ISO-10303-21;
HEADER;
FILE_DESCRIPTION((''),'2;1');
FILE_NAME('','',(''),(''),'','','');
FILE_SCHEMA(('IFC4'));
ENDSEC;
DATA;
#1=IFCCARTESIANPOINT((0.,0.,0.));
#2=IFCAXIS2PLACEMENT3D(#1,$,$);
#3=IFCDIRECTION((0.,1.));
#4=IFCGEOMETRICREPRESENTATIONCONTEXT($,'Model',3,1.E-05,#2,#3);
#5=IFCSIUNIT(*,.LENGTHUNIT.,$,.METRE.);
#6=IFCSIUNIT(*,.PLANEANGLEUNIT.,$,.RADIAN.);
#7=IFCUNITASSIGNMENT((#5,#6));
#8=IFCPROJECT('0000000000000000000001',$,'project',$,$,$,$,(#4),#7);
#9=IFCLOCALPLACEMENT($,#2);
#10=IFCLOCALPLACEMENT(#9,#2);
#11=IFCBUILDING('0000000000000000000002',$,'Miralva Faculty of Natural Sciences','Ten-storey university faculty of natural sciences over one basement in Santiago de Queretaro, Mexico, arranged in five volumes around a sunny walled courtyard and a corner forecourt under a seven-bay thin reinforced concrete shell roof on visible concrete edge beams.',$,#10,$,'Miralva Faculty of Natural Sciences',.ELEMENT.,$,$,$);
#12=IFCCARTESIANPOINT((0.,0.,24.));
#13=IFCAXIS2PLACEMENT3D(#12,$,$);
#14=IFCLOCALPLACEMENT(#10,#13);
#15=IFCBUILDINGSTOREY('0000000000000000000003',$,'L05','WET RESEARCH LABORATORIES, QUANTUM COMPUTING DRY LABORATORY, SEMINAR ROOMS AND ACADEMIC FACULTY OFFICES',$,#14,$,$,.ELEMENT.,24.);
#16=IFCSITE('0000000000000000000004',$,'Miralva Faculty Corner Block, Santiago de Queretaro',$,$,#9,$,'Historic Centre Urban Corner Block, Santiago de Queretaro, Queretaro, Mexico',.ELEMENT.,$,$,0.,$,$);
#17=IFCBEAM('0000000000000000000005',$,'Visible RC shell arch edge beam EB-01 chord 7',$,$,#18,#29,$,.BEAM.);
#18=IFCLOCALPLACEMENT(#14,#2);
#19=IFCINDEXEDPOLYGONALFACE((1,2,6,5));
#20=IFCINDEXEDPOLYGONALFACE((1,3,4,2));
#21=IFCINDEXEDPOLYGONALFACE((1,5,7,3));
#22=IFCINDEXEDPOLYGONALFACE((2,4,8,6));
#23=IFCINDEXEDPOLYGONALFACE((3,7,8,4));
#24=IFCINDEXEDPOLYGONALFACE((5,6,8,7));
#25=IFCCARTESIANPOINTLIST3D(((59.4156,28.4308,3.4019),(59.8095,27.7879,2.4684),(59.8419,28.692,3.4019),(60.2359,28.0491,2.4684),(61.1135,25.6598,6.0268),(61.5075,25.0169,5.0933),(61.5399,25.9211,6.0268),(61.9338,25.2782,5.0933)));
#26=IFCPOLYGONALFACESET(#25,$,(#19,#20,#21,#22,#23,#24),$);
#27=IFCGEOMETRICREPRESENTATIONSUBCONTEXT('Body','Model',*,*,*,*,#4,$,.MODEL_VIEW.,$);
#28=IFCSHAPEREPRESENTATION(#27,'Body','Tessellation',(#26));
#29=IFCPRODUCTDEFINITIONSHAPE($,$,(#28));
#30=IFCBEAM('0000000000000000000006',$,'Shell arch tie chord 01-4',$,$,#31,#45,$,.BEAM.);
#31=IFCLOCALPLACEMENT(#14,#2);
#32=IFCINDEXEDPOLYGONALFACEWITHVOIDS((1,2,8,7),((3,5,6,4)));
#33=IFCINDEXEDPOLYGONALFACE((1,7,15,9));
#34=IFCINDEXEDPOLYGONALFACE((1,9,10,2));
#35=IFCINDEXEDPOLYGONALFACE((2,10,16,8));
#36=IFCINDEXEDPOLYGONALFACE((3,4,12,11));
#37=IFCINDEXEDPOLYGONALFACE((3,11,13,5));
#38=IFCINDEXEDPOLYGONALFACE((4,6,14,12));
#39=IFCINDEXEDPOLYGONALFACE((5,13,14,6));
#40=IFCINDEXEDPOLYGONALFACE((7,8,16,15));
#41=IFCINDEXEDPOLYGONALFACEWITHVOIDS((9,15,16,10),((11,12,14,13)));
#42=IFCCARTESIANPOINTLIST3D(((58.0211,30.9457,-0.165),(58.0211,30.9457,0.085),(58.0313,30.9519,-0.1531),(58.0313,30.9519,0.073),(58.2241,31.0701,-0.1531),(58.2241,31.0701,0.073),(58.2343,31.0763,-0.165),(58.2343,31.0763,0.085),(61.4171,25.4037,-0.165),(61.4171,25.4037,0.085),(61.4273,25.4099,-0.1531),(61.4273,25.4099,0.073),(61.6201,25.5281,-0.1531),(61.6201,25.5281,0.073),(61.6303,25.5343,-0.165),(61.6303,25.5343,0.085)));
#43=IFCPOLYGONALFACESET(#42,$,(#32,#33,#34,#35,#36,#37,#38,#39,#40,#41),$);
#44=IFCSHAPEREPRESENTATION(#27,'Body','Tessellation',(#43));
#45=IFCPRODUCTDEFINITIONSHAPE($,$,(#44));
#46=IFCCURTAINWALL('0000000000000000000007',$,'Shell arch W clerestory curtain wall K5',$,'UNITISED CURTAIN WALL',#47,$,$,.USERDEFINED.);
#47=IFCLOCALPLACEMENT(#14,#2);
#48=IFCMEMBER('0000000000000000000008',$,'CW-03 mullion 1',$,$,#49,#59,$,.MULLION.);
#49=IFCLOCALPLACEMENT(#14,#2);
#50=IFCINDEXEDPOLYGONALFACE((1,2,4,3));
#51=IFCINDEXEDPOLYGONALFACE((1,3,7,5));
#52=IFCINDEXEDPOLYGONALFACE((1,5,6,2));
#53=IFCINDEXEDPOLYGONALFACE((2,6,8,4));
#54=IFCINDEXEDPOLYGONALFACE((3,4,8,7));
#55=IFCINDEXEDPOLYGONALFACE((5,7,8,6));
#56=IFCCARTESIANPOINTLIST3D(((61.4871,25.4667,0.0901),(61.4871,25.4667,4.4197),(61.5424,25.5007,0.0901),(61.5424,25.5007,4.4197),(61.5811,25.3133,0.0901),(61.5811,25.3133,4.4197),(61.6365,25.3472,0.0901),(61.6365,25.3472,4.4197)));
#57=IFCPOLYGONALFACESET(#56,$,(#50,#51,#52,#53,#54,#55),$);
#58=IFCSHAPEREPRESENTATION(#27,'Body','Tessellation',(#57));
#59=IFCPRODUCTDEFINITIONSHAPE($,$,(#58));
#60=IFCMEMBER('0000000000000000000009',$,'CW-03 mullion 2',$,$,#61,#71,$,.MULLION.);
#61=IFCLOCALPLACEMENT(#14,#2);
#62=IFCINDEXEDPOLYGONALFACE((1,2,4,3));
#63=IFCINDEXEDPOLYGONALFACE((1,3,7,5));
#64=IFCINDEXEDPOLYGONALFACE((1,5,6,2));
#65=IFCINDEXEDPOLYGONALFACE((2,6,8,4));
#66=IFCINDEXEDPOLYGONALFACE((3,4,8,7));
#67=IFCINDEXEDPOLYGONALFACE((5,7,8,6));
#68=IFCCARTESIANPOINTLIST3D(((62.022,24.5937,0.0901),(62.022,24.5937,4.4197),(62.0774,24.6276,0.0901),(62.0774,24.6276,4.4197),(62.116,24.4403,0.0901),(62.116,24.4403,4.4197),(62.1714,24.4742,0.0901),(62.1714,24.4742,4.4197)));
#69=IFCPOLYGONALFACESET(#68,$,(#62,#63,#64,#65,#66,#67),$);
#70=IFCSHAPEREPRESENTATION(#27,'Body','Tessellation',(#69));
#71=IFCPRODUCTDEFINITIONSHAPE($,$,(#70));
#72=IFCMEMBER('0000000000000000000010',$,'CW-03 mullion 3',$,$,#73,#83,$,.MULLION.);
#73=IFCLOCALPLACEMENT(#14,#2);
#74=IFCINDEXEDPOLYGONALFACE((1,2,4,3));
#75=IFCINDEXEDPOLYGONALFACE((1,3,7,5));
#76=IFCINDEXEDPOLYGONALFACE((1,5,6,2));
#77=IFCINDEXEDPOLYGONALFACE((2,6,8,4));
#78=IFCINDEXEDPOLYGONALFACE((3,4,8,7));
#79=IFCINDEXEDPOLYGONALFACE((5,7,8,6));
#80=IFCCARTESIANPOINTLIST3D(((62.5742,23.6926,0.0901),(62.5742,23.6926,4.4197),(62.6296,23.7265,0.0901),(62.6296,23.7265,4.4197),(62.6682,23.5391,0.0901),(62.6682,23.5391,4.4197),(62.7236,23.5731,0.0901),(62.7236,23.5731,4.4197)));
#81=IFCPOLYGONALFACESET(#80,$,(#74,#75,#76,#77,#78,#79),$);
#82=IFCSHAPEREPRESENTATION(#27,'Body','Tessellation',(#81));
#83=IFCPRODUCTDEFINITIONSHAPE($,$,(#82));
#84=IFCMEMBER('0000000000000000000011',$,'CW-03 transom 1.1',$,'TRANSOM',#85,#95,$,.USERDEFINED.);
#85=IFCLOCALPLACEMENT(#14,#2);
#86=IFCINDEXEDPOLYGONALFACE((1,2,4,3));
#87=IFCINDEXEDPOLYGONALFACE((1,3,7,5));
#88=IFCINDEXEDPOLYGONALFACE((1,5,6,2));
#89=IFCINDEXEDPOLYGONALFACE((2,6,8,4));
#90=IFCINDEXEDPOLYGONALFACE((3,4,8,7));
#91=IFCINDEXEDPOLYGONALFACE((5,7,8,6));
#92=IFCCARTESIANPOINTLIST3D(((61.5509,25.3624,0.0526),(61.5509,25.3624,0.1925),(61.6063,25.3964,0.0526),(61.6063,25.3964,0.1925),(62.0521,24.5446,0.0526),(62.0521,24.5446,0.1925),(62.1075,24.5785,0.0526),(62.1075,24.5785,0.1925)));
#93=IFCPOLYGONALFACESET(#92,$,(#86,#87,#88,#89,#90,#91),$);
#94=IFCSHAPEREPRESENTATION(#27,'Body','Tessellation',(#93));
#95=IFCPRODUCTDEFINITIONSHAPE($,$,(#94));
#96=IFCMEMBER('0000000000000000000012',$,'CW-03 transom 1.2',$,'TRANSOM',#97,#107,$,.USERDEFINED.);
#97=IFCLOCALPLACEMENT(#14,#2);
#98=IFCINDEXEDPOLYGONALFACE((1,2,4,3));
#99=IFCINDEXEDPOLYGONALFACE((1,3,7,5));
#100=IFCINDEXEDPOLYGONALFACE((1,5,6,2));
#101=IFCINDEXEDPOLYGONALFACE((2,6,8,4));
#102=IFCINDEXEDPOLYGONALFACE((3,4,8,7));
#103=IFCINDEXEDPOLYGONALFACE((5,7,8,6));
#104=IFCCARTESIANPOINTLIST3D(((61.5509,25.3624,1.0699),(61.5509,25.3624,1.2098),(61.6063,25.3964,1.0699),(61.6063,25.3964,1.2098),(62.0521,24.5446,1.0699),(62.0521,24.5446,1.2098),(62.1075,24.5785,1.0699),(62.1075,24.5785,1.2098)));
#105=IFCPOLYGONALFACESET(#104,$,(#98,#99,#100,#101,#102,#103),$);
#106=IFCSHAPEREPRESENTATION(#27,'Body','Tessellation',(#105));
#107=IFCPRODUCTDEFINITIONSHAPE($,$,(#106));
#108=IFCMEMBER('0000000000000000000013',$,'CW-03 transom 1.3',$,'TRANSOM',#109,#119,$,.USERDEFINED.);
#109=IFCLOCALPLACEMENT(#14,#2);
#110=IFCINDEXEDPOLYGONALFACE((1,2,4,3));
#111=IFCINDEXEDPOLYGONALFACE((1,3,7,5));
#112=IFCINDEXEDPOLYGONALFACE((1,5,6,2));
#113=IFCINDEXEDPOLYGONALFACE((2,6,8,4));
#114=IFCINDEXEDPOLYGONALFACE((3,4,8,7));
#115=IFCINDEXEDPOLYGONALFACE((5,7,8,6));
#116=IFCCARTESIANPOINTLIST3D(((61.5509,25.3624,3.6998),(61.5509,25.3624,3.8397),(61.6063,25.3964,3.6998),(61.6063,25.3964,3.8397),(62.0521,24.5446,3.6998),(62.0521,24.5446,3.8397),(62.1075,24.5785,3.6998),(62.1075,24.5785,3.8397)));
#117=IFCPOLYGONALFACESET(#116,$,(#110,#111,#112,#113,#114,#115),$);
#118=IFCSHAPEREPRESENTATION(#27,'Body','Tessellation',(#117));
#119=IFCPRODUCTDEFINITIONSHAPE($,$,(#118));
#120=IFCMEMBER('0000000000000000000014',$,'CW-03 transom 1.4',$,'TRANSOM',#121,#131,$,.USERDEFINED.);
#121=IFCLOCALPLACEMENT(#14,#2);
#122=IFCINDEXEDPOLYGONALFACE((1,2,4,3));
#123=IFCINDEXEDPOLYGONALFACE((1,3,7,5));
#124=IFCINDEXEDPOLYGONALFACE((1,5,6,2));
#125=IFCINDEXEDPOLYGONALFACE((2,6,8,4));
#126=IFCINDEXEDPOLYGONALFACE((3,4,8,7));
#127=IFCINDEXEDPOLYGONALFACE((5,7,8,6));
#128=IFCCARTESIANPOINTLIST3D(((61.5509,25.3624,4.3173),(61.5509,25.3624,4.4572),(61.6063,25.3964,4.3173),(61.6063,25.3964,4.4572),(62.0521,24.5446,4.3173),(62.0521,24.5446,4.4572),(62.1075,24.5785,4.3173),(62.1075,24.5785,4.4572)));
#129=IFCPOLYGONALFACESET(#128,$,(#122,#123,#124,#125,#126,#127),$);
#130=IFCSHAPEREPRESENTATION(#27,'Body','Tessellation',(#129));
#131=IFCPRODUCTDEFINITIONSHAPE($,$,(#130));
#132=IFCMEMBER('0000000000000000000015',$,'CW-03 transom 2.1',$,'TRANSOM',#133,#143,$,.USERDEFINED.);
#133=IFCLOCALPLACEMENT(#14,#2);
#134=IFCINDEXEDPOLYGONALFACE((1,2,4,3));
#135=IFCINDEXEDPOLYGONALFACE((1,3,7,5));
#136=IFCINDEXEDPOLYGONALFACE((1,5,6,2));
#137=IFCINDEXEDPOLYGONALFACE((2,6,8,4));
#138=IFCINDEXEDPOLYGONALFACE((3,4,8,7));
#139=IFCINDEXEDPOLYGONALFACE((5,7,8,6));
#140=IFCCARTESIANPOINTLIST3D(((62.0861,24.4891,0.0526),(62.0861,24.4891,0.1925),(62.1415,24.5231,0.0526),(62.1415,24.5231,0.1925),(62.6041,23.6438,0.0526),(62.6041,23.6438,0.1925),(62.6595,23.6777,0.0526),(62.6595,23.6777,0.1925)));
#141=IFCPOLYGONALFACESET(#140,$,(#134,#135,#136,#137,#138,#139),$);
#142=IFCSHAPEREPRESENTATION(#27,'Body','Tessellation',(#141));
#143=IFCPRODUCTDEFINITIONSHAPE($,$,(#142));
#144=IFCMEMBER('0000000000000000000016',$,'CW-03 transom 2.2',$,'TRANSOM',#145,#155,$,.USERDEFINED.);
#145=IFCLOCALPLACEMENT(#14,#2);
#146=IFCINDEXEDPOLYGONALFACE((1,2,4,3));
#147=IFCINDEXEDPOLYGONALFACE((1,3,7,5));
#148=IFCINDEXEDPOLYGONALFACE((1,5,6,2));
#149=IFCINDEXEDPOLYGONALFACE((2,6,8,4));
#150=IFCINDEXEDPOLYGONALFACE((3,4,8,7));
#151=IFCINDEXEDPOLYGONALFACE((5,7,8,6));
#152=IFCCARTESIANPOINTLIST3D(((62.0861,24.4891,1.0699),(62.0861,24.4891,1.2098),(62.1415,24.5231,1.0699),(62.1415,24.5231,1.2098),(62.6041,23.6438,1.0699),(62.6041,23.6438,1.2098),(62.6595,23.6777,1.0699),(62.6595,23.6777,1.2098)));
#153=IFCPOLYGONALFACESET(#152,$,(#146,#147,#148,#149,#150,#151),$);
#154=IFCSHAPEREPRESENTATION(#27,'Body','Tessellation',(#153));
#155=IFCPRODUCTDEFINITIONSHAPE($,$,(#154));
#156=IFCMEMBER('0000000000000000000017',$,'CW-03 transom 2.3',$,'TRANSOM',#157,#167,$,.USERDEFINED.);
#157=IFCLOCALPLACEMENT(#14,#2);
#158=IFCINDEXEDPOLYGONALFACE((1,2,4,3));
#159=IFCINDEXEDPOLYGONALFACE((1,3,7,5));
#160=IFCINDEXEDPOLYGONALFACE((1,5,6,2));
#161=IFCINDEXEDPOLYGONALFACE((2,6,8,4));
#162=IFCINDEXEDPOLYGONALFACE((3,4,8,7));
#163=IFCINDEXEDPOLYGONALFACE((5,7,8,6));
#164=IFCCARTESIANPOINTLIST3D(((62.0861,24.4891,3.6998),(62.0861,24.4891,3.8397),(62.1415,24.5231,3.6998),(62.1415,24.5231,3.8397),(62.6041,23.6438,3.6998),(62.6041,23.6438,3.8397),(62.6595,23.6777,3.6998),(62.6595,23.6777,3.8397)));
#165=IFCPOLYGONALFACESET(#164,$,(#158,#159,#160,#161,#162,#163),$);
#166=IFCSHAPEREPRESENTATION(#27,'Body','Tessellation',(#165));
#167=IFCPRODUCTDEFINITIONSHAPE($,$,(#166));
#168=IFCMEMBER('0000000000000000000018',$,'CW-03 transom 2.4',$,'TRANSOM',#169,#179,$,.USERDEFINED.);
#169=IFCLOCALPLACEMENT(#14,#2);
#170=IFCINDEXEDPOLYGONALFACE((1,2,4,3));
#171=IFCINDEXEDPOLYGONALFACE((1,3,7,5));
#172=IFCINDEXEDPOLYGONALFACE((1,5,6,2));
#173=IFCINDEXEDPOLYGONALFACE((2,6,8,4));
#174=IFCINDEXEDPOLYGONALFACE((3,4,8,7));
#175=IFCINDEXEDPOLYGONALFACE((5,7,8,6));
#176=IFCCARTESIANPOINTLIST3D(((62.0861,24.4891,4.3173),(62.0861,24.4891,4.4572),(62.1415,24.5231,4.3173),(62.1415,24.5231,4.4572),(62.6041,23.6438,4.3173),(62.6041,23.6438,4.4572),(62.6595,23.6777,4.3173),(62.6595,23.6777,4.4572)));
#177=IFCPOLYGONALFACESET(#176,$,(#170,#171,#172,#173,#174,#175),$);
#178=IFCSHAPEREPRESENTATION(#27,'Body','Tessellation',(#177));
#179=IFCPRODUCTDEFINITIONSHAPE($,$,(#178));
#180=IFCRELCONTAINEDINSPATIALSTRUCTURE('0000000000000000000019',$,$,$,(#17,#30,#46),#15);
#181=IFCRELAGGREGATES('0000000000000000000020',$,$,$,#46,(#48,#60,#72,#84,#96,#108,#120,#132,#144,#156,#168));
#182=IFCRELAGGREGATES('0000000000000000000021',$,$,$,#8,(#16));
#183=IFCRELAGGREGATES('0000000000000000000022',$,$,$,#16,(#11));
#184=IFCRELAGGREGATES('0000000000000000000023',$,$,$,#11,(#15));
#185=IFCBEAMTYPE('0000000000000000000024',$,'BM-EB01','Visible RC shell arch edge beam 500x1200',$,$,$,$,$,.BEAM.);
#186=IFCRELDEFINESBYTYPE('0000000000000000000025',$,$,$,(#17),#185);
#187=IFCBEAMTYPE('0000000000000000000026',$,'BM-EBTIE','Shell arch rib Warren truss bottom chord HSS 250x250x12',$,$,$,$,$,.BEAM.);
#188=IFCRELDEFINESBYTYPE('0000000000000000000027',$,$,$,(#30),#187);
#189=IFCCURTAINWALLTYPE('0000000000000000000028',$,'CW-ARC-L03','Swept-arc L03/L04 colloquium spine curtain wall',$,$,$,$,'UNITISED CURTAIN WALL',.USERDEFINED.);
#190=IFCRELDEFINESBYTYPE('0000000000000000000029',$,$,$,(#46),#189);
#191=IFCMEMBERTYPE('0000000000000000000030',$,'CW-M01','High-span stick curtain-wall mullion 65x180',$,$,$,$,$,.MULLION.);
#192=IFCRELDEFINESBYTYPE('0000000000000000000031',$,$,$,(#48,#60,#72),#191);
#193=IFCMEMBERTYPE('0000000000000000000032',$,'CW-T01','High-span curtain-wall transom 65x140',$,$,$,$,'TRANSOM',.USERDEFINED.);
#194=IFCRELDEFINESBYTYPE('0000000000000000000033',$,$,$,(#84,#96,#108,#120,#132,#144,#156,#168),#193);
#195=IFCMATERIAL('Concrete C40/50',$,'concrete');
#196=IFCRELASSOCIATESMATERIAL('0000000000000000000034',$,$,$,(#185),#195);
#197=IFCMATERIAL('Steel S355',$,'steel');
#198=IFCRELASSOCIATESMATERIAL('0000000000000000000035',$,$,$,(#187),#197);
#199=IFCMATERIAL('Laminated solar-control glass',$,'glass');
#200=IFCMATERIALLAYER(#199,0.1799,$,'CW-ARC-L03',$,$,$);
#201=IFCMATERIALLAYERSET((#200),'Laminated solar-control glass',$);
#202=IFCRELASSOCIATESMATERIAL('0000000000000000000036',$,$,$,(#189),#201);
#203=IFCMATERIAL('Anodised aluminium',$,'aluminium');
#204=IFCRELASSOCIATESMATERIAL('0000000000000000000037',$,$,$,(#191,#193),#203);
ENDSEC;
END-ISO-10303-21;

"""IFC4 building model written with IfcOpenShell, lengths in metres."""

from ifc_helpers import new_model, si_unit, direction, frame, origin, origin_2d, place, context, subcontext, project, spatial, rectangle, hollow_rectangle, extrude, material, layer, layer_set, material_profile, profile_set, type_object, element, aggregate, save


model = new_model("IFC4")

# Units and contexts
model_context = context("Model", 3, precision=1e-05, world=origin(), true_north=direction((0.0, 1.0)))
body_context = subcontext(model_context, "Body", "Model", "MODEL_VIEW")
ifc_project = project(units=[si_unit("LENGTHUNIT", "METRE"), si_unit("PLANEANGLEUNIT", "RADIAN")], contexts=[model_context])

# Site, building, storey
site_placement = place(None, origin())
site = spatial("IfcSite", under=ifc_project, at=site_placement, Name="Miralva Faculty Corner Block, Santiago de Queretaro", LongName="Historic Centre Urban Corner Block, Santiago de Queretaro, Queretaro, Mexico", CompositionType="ELEMENT", RefElevation=0.0)
building_placement = place(site_placement, origin())
building = spatial("IfcBuilding", under=site, at=building_placement, Name="Miralva Faculty of Natural Sciences", Description="Ten-storey university faculty of natural sciences over one basement in Santiago de Queretaro, Mexico, arranged in five volumes around a sunny walled courtyard and a corner forecourt under a seven-bay thin reinforced concrete shell roof on visible concrete edge beams.", LongName="Miralva Faculty of Natural Sciences", CompositionType="ELEMENT")
storey_placement = place(building_placement, frame((0.0, 0.0, 24.0)))
storey = spatial("IfcBuildingStorey", under=building, at=storey_placement, Name="L05", Description="WET RESEARCH LABORATORIES, QUANTUM COMPUTING DRY LABORATORY, SEMINAR ROOMS AND ACADEMIC FACULTY OFFICES", CompositionType="ELEMENT", Elevation=24.0)

# Beams
ifc_material_1 = material(Name="Concrete C40/50", Category="concrete")
ifc_material_profile_1 = material_profile(ifc_material_1, rectangle(XDim=0.5, YDim=1.2, at=origin_2d()), Name="RC 500x1200")
ifc_profile_set_1 = profile_set([ifc_material_profile_1], Name="Concrete C40/50")
beam_type_1 = type_object("IfcBeamType", Name="BM-EB01", Description="Visible RC shell arch edge beam 500x1200", PredefinedType="BEAM", material=ifc_profile_set_1)
beam_1_placement = place(storey_placement, frame((61.5237, 25.469, 5.5601), z_axis=(-0.406454, 0.6633, -0.628353), x_axis=(-0.85265, -0.522483, 0.0)))
element("IfcBeam", 1, at=beam_1_placement, inside=storey, type_object=beam_type_1, Name="Visible RC shell arch edge beam EB-01 chord 7", PredefinedType="BEAM", context=body_context, shape_type="SweptSolid", body=[
    extrude(rectangle(XDim=0.5, YDim=1.2, at=origin_2d()), origin(), (0.0, 0.0, 1.0), 4.1775),
])
ifc_material_2 = material(Name="Steel S355", Category="steel")
ifc_material_profile_2 = material_profile(ifc_material_2, hollow_rectangle(XDim=0.25, YDim=0.25, WallThickness=0.012, at=origin_2d()), Name="HSS 250x250x12")
ifc_profile_set_2 = profile_set([ifc_material_profile_2], Name="Steel S355")
beam_type_2 = type_object("IfcBeamType", Name="BM-EBTIE", Description="Shell arch rib Warren truss bottom chord HSS 250x250x12", PredefinedType="BEAM", material=ifc_profile_set_2)
beam_2_placement = place(storey_placement, frame((61.5237, 25.469, -0.04), z_axis=(-0.522483, 0.85265, 0.0), x_axis=(-0.85265, -0.522483, 0.0)))
element("IfcBeam", 2, at=beam_2_placement, inside=storey, type_object=beam_type_2, Name="Shell arch tie chord 01-4", PredefinedType="BEAM", context=body_context, shape_type="SweptSolid", body=[
    extrude(hollow_rectangle(XDim=0.25, YDim=0.25, WallThickness=0.012, at=origin_2d()), origin(), (0.0, 0.0, 1.0), 6.4998),
])

# Curtain wall, members
ifc_material_3 = material(Name="Laminated solar-control glass", Category="glass")
ifc_layer_1 = layer(ifc_material_3, 0.1799, Name="CW-ARC-L03")
ifc_layer_set_1 = layer_set([ifc_layer_1], Name="Laminated solar-control glass")
curtain_wall_type = type_object("IfcCurtainWallType", Name="CW-ARC-L03", Description="Swept-arc L03/L04 colloquium spine curtain wall", ElementType="UNITISED CURTAIN WALL", PredefinedType="USERDEFINED", material=ifc_layer_set_1)
curtain_wall_placement = place(storey_placement, origin())
curtain_wall = element("IfcCurtainWall", 3, at=curtain_wall_placement, inside=storey, type_object=curtain_wall_type, Name="Shell arch W clerestory curtain wall K5", ObjectType="UNITISED CURTAIN WALL", PredefinedType="USERDEFINED")
ifc_material_4 = material(Name="Anodised aluminium", Category="aluminium")
ifc_material_profile_3 = material_profile(ifc_material_4, rectangle(XDim=0.0649, YDim=0.1799, at=origin_2d()), Name="MULLION 65x180")
ifc_profile_set_3 = profile_set([ifc_material_profile_3], Name="Anodised aluminium")
member_type_1 = type_object("IfcMemberType", Name="CW-M01", Description="High-span stick curtain-wall mullion 65x180", PredefinedType="MULLION", material=ifc_profile_set_3)
member_1_placement = place(storey_placement, frame((61.5618, 25.407, 0.0901), z_axis=(0.0, 0.0, 1.0), x_axis=(0.852646, 0.52249, 0.0)))
member_1 = element("IfcMember", 4, at=member_1_placement, type_object=member_type_1, Name="CW-03 mullion 1", PredefinedType="MULLION", context=body_context, shape_type="SweptSolid", body=[
    extrude(rectangle(XDim=0.0649, YDim=0.1799, at=origin_2d()), origin(), (0.0, 0.0, 1.0), 4.3296),
])
member_2_placement = place(storey_placement, frame((62.0967, 24.5339, 0.0901), z_axis=(0.0, 0.0, 1.0), x_axis=(0.852646, 0.52249, 0.0)))
member_2 = element("IfcMember", 5, at=member_2_placement, type_object=member_type_1, Name="CW-03 mullion 2", PredefinedType="MULLION", context=body_context, shape_type="SweptSolid", body=[
    extrude(rectangle(XDim=0.0649, YDim=0.1799, at=origin_2d()), origin(), (0.0, 0.0, 1.0), 4.3296),
])
member_3_placement = place(storey_placement, frame((62.6489, 23.6328, 0.0901), z_axis=(0.0, 0.0, 1.0), x_axis=(0.852646, 0.52249, 0.0)))
member_3 = element("IfcMember", 6, at=member_3_placement, type_object=member_type_1, Name="CW-03 mullion 3", PredefinedType="MULLION", context=body_context, shape_type="SweptSolid", body=[
    extrude(rectangle(XDim=0.0649, YDim=0.1799, at=origin_2d()), origin(), (0.0, 0.0, 1.0), 4.3296),
])
ifc_material_profile_4 = material_profile(ifc_material_4, rectangle(XDim=0.0649, YDim=0.1399, at=origin_2d()), Name="TRANSOM 65x140")
ifc_profile_set_4 = profile_set([ifc_material_profile_4], Name="Anodised aluminium")
member_type_2 = type_object("IfcMemberType", Name="CW-T01", Description="High-span curtain-wall transom 65x140", ElementType="TRANSOM", PredefinedType="USERDEFINED", material=ifc_profile_set_4)
member_4_placement = place(storey_placement, frame((61.5786, 25.3794, 0.1226), z_axis=(0.52252, -0.852627, 0.0), x_axis=(0.852627, 0.52252, 0.0)))
member_4 = element("IfcMember", 7, at=member_4_placement, type_object=member_type_2, Name="CW-03 transom 1.1", ObjectType="TRANSOM", PredefinedType="USERDEFINED", context=body_context, shape_type="SweptSolid", body=[
    extrude(rectangle(XDim=0.0649, YDim=0.1399, at=origin_2d()), origin(), (0.0, 0.0, 1.0), 0.9592),
])
member_5_placement = place(storey_placement, frame((61.5786, 25.3794, 1.1399), z_axis=(0.52252, -0.852627, 0.0), x_axis=(0.852627, 0.52252, 0.0)))
member_5 = element("IfcMember", 8, at=member_5_placement, type_object=member_type_2, Name="CW-03 transom 1.2", ObjectType="TRANSOM", PredefinedType="USERDEFINED", context=body_context, shape_type="SweptSolid", body=[
    extrude(rectangle(XDim=0.0649, YDim=0.1399, at=origin_2d()), origin(), (0.0, 0.0, 1.0), 0.9592),
])
member_6_placement = place(storey_placement, frame((61.5786, 25.3794, 3.7698), z_axis=(0.52252, -0.852627, 0.0), x_axis=(0.852627, 0.52252, 0.0)))
member_6 = element("IfcMember", 9, at=member_6_placement, type_object=member_type_2, Name="CW-03 transom 1.3", ObjectType="TRANSOM", PredefinedType="USERDEFINED", context=body_context, shape_type="SweptSolid", body=[
    extrude(rectangle(XDim=0.0649, YDim=0.1399, at=origin_2d()), origin(), (0.0, 0.0, 1.0), 0.9592),
])
member_7_placement = place(storey_placement, frame((61.5786, 25.3794, 4.3872), z_axis=(0.52252, -0.852627, 0.0), x_axis=(0.852627, 0.52252, 0.0)))
member_7 = element("IfcMember", 10, at=member_7_placement, type_object=member_type_2, Name="CW-03 transom 1.4", ObjectType="TRANSOM", PredefinedType="USERDEFINED", context=body_context, shape_type="SweptSolid", body=[
    extrude(rectangle(XDim=0.0649, YDim=0.1399, at=origin_2d()), origin(), (0.0, 0.0, 1.0), 0.9592),
])
member_8_placement = place(storey_placement, frame((62.1138, 24.5061, 0.1226), z_axis=(0.522475, -0.852654, 0.0), x_axis=(0.852654, 0.522475, 0.0)))
member_8 = element("IfcMember", 11, at=member_8_placement, type_object=member_type_2, Name="CW-03 transom 2.1", ObjectType="TRANSOM", PredefinedType="USERDEFINED", context=body_context, shape_type="SweptSolid", body=[
    extrude(rectangle(XDim=0.0649, YDim=0.1399, at=origin_2d()), origin(), (0.0, 0.0, 1.0), 0.9915),
])
member_9_placement = place(storey_placement, frame((62.1138, 24.5061, 1.1399), z_axis=(0.522475, -0.852654, 0.0), x_axis=(0.852654, 0.522475, 0.0)))
member_9 = element("IfcMember", 12, at=member_9_placement, type_object=member_type_2, Name="CW-03 transom 2.2", ObjectType="TRANSOM", PredefinedType="USERDEFINED", context=body_context, shape_type="SweptSolid", body=[
    extrude(rectangle(XDim=0.0649, YDim=0.1399, at=origin_2d()), origin(), (0.0, 0.0, 1.0), 0.9915),
])
member_10_placement = place(storey_placement, frame((62.1138, 24.5061, 3.7698), z_axis=(0.522475, -0.852654, 0.0), x_axis=(0.852654, 0.522475, 0.0)))
member_10 = element("IfcMember", 13, at=member_10_placement, type_object=member_type_2, Name="CW-03 transom 2.3", ObjectType="TRANSOM", PredefinedType="USERDEFINED", context=body_context, shape_type="SweptSolid", body=[
    extrude(rectangle(XDim=0.0649, YDim=0.1399, at=origin_2d()), origin(), (0.0, 0.0, 1.0), 0.9915),
])
member_11_placement = place(storey_placement, frame((62.1138, 24.5061, 4.3872), z_axis=(0.522475, -0.852654, 0.0), x_axis=(0.852654, 0.522475, 0.0)))
member_11 = element("IfcMember", 14, at=member_11_placement, type_object=member_type_2, Name="CW-03 transom 2.4", ObjectType="TRANSOM", PredefinedType="USERDEFINED", context=body_context, shape_type="SweptSolid", body=[
    extrude(rectangle(XDim=0.0649, YDim=0.1399, at=origin_2d()), origin(), (0.0, 0.0, 1.0), 0.9915),
])

aggregate(curtain_wall, [member_1, member_2, member_3, member_4, member_5, member_6, member_7, member_8, member_9, member_10, member_11])

save(model, "model.ifc")
